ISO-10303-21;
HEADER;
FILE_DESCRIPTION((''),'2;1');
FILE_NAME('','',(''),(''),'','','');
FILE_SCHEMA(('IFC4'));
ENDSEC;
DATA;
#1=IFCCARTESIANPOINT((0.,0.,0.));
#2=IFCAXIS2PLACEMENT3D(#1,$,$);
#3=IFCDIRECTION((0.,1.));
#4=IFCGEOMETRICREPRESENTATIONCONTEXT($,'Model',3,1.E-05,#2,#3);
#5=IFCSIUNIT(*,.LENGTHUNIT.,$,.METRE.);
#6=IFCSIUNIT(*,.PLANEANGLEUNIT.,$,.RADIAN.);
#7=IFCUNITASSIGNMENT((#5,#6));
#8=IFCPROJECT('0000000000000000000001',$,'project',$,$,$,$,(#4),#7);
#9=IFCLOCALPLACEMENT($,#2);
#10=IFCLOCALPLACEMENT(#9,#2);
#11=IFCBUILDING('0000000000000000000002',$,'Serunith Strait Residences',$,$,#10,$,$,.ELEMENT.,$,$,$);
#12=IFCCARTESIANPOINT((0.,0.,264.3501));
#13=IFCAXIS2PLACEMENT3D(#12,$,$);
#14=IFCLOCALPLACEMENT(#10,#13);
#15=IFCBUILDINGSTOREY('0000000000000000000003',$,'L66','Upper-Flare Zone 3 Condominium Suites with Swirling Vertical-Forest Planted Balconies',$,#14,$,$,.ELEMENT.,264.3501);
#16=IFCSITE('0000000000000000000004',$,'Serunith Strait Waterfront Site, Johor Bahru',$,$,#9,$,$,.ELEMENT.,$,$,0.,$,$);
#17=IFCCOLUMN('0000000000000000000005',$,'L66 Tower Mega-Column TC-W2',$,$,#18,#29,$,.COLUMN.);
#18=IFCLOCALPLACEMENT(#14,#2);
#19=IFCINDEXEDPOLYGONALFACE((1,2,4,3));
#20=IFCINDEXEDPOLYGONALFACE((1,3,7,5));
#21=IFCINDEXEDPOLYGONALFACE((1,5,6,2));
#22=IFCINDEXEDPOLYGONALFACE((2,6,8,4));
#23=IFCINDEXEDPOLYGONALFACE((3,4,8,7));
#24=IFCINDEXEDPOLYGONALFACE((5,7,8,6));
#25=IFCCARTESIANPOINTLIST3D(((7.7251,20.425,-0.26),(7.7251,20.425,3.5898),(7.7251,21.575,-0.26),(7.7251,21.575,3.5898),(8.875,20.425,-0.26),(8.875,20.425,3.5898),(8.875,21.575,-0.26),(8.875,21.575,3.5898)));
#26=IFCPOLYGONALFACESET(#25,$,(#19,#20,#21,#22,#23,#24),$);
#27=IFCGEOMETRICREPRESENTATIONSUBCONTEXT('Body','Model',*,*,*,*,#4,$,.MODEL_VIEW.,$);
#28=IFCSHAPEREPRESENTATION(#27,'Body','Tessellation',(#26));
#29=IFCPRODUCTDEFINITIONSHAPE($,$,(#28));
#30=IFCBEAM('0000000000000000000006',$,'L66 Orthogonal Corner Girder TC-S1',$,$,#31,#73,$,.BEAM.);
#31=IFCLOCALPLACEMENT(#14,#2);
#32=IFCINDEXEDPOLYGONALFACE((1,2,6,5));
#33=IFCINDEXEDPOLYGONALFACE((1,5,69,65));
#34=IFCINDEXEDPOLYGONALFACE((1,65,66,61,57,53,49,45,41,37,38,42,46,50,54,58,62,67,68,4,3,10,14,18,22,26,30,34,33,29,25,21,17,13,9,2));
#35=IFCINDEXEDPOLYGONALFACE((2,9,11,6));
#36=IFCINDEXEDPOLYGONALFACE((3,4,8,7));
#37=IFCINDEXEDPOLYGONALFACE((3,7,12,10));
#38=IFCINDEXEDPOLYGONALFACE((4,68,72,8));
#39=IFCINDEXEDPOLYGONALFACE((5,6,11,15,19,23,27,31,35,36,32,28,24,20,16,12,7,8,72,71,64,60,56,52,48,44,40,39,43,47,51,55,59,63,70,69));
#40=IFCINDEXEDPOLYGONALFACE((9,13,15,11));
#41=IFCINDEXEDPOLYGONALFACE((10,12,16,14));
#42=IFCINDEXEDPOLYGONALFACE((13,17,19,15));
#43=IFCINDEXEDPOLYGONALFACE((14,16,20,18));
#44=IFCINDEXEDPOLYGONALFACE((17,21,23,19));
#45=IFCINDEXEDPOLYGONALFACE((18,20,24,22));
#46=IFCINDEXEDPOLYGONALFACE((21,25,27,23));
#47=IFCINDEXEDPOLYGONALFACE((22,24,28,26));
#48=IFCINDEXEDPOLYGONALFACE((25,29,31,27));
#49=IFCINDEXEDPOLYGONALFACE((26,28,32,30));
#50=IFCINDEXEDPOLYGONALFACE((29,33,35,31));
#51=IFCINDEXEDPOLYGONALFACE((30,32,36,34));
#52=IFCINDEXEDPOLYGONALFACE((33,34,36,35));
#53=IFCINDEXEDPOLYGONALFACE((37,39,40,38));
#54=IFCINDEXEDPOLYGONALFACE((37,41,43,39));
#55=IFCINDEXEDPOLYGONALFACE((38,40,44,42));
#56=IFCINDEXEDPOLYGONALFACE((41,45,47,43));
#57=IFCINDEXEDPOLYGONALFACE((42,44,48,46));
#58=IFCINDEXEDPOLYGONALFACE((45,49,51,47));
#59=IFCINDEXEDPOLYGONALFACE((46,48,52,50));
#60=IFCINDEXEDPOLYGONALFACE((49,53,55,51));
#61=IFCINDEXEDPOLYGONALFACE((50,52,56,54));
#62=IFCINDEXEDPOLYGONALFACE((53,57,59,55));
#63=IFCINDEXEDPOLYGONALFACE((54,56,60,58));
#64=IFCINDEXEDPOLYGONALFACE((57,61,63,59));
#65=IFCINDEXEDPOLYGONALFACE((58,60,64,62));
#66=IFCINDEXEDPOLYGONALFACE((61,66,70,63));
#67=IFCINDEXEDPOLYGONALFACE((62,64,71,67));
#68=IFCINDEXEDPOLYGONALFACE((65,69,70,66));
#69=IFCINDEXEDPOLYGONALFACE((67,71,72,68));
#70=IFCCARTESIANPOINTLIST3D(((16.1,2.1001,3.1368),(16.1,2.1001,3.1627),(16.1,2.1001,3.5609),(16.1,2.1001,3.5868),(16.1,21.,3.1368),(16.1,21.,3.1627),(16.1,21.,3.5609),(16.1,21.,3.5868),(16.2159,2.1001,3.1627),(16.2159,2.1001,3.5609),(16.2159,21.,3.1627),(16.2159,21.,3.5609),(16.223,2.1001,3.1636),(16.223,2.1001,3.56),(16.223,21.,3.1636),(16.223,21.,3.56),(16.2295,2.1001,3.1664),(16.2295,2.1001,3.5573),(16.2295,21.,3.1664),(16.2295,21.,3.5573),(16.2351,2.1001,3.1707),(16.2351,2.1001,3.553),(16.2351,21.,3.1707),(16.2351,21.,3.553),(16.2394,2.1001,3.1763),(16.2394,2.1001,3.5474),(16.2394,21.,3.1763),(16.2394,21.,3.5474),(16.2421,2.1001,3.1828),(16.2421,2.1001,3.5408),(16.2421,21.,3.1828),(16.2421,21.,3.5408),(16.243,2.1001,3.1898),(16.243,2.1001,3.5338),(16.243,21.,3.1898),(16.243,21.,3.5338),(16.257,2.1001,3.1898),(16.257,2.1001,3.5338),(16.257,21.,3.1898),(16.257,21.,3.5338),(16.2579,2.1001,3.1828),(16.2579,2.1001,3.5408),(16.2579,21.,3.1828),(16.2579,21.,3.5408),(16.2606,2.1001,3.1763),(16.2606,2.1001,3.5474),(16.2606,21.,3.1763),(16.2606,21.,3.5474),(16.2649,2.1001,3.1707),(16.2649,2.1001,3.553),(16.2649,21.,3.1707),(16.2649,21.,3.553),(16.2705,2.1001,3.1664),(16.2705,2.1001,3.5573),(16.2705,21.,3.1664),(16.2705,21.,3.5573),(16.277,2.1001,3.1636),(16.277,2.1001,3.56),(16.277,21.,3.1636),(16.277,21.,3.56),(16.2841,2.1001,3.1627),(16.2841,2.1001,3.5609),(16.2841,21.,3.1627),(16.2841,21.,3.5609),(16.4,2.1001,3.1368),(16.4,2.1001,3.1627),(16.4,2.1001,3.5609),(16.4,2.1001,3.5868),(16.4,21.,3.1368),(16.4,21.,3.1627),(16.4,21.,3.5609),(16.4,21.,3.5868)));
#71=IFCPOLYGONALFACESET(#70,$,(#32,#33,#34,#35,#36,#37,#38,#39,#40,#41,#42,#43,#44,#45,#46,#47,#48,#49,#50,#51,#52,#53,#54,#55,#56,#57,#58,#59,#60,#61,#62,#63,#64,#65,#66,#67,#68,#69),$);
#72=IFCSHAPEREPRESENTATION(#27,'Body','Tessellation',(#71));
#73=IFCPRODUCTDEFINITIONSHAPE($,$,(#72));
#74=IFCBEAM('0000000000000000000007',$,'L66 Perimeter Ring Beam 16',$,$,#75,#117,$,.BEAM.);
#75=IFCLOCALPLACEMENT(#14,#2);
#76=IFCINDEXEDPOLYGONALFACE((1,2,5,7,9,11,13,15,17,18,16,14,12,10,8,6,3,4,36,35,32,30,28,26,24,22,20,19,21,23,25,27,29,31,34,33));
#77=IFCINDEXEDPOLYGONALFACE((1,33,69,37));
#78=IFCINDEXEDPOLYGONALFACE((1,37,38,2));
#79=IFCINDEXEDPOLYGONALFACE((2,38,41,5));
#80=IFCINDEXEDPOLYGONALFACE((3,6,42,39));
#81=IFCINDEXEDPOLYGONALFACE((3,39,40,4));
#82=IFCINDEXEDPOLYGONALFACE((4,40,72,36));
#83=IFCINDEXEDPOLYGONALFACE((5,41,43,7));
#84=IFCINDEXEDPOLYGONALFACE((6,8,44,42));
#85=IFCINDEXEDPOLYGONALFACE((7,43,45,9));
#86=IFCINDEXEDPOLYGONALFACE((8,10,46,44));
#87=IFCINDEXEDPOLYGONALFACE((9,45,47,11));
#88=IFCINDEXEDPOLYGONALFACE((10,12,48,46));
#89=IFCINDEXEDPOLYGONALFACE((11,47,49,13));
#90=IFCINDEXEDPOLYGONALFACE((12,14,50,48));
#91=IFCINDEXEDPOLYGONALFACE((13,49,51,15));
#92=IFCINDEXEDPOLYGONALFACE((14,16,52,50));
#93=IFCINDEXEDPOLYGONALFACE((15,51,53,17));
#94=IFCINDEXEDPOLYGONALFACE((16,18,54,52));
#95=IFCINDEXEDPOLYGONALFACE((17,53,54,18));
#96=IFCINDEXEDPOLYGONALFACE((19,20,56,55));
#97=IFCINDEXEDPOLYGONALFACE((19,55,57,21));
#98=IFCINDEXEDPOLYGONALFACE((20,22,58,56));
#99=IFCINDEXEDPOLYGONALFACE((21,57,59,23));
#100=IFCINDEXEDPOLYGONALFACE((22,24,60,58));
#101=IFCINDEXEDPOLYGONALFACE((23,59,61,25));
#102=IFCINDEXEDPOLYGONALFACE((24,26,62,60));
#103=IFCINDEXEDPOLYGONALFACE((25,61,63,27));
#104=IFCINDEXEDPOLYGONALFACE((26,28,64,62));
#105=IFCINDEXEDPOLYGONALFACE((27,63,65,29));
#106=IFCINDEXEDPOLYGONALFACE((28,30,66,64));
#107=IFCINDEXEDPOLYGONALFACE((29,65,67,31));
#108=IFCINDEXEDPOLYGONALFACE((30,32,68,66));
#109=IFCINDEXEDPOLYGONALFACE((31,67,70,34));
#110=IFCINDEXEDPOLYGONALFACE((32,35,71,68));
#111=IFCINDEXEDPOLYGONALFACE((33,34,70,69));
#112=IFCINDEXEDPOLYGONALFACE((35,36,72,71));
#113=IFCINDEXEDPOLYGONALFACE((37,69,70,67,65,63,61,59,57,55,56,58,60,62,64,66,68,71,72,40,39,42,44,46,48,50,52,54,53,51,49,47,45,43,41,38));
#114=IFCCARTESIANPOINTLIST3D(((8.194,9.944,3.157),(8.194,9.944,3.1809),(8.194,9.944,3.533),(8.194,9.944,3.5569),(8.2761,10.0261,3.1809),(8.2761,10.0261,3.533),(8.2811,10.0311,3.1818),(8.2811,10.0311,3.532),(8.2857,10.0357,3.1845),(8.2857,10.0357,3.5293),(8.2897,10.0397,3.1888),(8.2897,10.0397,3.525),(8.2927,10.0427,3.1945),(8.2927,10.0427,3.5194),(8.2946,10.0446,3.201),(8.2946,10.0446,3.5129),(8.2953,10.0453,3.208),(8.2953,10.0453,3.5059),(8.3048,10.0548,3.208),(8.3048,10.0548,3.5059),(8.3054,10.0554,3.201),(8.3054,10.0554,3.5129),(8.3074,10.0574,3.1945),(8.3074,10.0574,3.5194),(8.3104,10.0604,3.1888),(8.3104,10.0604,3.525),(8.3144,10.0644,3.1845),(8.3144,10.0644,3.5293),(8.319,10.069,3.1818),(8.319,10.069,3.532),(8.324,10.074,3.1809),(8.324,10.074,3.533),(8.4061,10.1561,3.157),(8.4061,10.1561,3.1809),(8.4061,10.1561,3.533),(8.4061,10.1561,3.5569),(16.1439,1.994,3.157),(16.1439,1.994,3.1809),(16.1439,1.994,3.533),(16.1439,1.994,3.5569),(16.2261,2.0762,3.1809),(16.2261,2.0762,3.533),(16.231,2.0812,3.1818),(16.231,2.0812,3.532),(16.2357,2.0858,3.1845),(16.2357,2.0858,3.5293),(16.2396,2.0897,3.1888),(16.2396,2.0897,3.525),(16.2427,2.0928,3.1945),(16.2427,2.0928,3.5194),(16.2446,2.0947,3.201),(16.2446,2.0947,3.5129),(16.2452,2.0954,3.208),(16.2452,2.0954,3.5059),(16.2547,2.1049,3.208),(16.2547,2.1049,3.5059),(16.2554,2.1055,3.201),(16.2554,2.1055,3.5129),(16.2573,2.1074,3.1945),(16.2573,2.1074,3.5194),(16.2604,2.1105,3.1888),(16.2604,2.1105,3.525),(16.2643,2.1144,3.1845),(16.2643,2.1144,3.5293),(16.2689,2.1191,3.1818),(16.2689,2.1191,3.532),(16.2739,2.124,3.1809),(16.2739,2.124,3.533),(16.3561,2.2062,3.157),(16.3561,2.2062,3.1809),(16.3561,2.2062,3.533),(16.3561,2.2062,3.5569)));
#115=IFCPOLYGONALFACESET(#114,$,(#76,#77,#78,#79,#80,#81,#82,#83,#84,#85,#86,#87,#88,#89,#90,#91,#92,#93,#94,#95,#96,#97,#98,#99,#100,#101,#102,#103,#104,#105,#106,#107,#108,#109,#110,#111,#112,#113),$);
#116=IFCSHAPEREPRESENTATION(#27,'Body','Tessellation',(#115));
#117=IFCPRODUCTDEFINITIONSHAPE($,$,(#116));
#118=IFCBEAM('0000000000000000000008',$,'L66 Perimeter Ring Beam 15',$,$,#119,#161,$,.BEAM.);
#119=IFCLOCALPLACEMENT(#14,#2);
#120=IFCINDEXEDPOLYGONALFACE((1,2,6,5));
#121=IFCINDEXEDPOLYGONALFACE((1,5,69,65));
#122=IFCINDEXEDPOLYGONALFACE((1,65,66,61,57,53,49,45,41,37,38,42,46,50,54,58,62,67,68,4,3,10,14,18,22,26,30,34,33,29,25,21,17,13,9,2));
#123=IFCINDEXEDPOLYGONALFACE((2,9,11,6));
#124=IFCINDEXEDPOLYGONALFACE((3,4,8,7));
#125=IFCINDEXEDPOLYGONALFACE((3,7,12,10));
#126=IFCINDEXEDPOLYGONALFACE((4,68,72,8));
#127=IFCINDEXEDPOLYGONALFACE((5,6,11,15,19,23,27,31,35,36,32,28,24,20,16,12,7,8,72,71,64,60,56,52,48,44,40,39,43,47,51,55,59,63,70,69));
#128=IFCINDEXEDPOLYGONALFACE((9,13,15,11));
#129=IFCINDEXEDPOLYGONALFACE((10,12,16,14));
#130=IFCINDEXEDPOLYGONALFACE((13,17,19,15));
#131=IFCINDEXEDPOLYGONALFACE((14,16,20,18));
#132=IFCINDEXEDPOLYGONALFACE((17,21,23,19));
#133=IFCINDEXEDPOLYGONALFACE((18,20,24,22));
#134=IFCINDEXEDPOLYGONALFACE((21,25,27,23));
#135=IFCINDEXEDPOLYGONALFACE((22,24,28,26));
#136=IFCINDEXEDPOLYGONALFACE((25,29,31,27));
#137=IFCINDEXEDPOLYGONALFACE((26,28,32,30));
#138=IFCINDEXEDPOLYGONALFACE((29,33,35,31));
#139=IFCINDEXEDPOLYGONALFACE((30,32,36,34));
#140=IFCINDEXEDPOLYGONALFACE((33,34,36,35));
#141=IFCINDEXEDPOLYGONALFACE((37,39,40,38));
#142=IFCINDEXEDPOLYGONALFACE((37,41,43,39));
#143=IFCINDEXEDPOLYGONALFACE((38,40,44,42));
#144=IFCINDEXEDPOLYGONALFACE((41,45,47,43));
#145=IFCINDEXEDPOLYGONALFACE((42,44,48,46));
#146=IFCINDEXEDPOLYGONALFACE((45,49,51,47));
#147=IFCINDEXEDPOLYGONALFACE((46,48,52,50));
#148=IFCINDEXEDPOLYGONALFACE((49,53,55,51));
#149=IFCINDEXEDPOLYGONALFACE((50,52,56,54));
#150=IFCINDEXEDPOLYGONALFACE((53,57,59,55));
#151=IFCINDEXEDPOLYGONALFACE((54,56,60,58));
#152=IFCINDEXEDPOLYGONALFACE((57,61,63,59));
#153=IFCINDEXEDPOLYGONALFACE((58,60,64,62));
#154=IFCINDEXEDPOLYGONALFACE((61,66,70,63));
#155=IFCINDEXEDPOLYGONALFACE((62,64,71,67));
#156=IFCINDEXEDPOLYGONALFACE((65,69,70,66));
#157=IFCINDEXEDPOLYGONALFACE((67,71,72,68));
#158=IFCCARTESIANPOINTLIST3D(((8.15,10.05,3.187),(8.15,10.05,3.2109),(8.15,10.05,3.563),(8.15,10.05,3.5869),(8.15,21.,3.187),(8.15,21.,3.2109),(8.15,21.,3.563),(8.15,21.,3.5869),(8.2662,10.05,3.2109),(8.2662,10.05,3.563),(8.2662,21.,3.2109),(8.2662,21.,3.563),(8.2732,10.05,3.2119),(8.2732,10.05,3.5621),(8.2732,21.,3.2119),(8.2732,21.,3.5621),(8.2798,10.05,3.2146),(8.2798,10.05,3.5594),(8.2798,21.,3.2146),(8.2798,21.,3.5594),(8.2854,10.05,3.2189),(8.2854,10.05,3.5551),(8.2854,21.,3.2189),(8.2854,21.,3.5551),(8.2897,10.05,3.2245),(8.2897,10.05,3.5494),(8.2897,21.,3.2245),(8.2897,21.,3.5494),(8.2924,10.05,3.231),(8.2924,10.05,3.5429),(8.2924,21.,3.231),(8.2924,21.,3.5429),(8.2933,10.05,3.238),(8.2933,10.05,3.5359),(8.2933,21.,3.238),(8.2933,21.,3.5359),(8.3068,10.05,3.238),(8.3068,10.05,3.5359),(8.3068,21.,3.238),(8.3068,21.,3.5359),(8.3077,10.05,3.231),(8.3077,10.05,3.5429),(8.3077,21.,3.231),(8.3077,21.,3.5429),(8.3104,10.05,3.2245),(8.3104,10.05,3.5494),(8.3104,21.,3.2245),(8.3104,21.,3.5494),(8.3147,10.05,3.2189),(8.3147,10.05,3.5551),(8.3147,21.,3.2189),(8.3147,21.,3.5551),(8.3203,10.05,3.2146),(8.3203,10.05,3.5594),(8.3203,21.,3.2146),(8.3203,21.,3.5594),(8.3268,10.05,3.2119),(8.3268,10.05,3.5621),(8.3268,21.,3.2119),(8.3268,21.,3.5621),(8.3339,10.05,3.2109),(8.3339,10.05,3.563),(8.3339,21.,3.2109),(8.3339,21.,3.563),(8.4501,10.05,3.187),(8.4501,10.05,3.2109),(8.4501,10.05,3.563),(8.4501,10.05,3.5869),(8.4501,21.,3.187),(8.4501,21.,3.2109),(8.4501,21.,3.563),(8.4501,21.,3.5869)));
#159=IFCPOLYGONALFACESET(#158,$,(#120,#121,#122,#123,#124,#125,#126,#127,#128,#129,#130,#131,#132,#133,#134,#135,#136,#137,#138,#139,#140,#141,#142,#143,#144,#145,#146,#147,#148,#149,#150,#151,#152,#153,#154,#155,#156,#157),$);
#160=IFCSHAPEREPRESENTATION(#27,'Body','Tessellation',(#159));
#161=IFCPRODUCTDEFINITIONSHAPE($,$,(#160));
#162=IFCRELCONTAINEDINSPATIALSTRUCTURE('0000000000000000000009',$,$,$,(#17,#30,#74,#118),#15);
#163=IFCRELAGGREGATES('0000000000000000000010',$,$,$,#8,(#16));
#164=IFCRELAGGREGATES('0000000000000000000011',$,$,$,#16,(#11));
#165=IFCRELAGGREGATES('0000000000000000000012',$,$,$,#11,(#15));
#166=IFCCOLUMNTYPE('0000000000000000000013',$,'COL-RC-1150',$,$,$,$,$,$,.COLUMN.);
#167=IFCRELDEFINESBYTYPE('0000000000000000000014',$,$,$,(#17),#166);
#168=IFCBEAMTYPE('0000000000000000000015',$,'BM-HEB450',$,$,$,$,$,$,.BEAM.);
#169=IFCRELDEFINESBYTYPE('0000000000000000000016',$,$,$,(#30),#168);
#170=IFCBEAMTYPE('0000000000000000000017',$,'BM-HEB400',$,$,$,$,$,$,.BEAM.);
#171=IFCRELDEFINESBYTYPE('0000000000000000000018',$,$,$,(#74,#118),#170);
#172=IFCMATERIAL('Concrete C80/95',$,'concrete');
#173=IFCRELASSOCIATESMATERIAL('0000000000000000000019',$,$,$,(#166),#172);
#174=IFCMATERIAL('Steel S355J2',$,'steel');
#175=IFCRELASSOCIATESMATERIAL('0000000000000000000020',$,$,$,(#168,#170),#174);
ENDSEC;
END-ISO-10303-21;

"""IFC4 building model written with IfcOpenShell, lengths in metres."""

from ifc_helpers import new_model, si_unit, direction, frame, origin, origin_2d, place, context, subcontext, project, spatial, rectangle, i_section, extrude, source, transform, mapped, material, material_profile, profile_set, type_object, element, save


model = new_model("IFC4")

# Units and contexts
model_context = context("Model", 3, precision=1e-05, world=origin(), true_north=direction((0.0, 1.0)))
body_context = subcontext(model_context, "Body", "Model", "MODEL_VIEW")
ifc_project = project(units=[si_unit("LENGTHUNIT", "METRE"), si_unit("PLANEANGLEUNIT", "RADIAN")], contexts=[model_context])

# Site, building, storey
site_placement = place(None, origin())
site = spatial("IfcSite", under=ifc_project, at=site_placement, Name="Serunith Strait Waterfront Site, Johor Bahru", CompositionType="ELEMENT", RefElevation=0.0)
building_placement = place(site_placement, origin())
building = spatial("IfcBuilding", under=site, at=building_placement, Name="Serunith Strait Residences", CompositionType="ELEMENT")
storey_placement = place(building_placement, frame((0.0, 0.0, 264.3501)))
storey = spatial("IfcBuildingStorey", under=building, at=storey_placement, Name="L66", Description="Upper-Flare Zone 3 Condominium Suites with Swirling Vertical-Forest Planted Balconies", CompositionType="ELEMENT", Elevation=264.3501)

# Column
ifc_material_1 = material(Name="Concrete C80/95", Category="concrete")
ifc_material_profile_1 = material_profile(ifc_material_1, rectangle(XDim=1.1499, YDim=1.1499, at=origin_2d()), Name="RC 1150x1150")
ifc_profile_set_1 = profile_set([ifc_material_profile_1], Name="Concrete C80/95")
column_type = type_object("IfcColumnType", Name="COL-RC-1150", PredefinedType="COLUMN", material=ifc_profile_set_1)
shared_shape_1 = source(origin(), body_context, "Body", "SweptSolid", [
    extrude(rectangle(XDim=1.1499, YDim=1.1499, at=origin_2d()), origin(), (0.0, 0.0, 1.0), 3.8499),
])
column_placement = place(storey_placement, frame((8.3, 21.0, -0.26), z_axis=(0.0, 0.0, 1.0), x_axis=(1.0, 0.0, 0.0)))
element("IfcColumn", 1, at=column_placement, inside=storey, type_object=column_type, Name="L66 Tower Mega-Column TC-W2", PredefinedType="COLUMN", context=body_context, shape_type="MappedRepresentation", body=[
    mapped(shared_shape_1, transform((0.0, 0.0, 0.0), scale=1.0)),
])

# Beams
ifc_material_2 = material(Name="Steel S355J2", Category="steel")
ifc_material_profile_2 = material_profile(ifc_material_2, i_section(OverallWidth=0.3, OverallDepth=0.45, WebThickness=0.0139, FlangeThickness=0.0259, FilletRadius=0.0271, at=origin_2d()), Name="HEB 450")
ifc_profile_set_2 = profile_set([ifc_material_profile_2], Name="Steel S355J2")
beam_type_1 = type_object("IfcBeamType", Name="BM-HEB450", PredefinedType="BEAM", material=ifc_profile_set_2)
shared_shape_2 = source(origin(), body_context, "Body", "SweptSolid", [
    extrude(i_section(OverallWidth=0.3, OverallDepth=0.45, WebThickness=0.0139, FlangeThickness=0.0259, FilletRadius=0.0271, at=origin_2d()), origin(), (0.0, 0.0, 1.0), 18.8999),
])
beam_1_placement = place(storey_placement, frame((16.25, 21.0, 3.3618), z_axis=(0.0, -1.0, 0.0), x_axis=(1.0, 0.0, 0.0)))
element("IfcBeam", 2, at=beam_1_placement, inside=storey, type_object=beam_type_1, Name="L66 Orthogonal Corner Girder TC-S1", PredefinedType="BEAM", context=body_context, shape_type="MappedRepresentation", body=[
    mapped(shared_shape_2, transform((0.0, 0.0, 0.0), scale=1.0)),
])
ifc_material_profile_3 = material_profile(ifc_material_2, i_section(OverallWidth=0.3, OverallDepth=0.3999, WebThickness=0.0134, FlangeThickness=0.0239, FilletRadius=0.0271, at=origin_2d()), Name="HEB 400")
ifc_profile_set_3 = profile_set([ifc_material_profile_3], Name="Steel S355J2")
beam_type_2 = type_object("IfcBeamType", Name="BM-HEB400", PredefinedType="BEAM", material=ifc_profile_set_3)
shared_shape_3 = source(origin(), body_context, "Body", "SweptSolid", [
    extrude(i_section(OverallWidth=0.3, OverallDepth=0.3999, WebThickness=0.0134, FlangeThickness=0.0239, FilletRadius=0.0271, at=origin_2d()), origin(), (0.0, 0.0, 1.0), 11.2429),
])
beam_2_placement = place(storey_placement, frame((8.3, 10.05, 3.3569), z_axis=(0.707107, -0.707107, 0.0), x_axis=(0.707107, 0.707107, 0.0)))
element("IfcBeam", 3, at=beam_2_placement, inside=storey, type_object=beam_type_2, Name="L66 Perimeter Ring Beam 16", PredefinedType="BEAM", context=body_context, shape_type="MappedRepresentation", body=[
    mapped(shared_shape_3, transform((0.0, 0.0, 0.0), scale=1.0)),
])
shared_shape_4 = source(origin(), body_context, "Body", "SweptSolid", [
    extrude(i_section(OverallWidth=0.3, OverallDepth=0.3999, WebThickness=0.0134, FlangeThickness=0.0239, FilletRadius=0.0271, at=origin_2d()), origin(), (0.0, 0.0, 1.0), 10.95),
])
beam_3_placement = place(storey_placement, frame((8.3, 21.0, 3.387), z_axis=(0.0, -1.0, 0.0), x_axis=(1.0, 0.0, 0.0)))
element("IfcBeam", 4, at=beam_3_placement, inside=storey, type_object=beam_type_2, Name="L66 Perimeter Ring Beam 15", PredefinedType="BEAM", context=body_context, shape_type="MappedRepresentation", body=[
    mapped(shared_shape_4, transform((0.0, 0.0, 0.0), scale=1.0)),
])

save(model, "model.ifc")
